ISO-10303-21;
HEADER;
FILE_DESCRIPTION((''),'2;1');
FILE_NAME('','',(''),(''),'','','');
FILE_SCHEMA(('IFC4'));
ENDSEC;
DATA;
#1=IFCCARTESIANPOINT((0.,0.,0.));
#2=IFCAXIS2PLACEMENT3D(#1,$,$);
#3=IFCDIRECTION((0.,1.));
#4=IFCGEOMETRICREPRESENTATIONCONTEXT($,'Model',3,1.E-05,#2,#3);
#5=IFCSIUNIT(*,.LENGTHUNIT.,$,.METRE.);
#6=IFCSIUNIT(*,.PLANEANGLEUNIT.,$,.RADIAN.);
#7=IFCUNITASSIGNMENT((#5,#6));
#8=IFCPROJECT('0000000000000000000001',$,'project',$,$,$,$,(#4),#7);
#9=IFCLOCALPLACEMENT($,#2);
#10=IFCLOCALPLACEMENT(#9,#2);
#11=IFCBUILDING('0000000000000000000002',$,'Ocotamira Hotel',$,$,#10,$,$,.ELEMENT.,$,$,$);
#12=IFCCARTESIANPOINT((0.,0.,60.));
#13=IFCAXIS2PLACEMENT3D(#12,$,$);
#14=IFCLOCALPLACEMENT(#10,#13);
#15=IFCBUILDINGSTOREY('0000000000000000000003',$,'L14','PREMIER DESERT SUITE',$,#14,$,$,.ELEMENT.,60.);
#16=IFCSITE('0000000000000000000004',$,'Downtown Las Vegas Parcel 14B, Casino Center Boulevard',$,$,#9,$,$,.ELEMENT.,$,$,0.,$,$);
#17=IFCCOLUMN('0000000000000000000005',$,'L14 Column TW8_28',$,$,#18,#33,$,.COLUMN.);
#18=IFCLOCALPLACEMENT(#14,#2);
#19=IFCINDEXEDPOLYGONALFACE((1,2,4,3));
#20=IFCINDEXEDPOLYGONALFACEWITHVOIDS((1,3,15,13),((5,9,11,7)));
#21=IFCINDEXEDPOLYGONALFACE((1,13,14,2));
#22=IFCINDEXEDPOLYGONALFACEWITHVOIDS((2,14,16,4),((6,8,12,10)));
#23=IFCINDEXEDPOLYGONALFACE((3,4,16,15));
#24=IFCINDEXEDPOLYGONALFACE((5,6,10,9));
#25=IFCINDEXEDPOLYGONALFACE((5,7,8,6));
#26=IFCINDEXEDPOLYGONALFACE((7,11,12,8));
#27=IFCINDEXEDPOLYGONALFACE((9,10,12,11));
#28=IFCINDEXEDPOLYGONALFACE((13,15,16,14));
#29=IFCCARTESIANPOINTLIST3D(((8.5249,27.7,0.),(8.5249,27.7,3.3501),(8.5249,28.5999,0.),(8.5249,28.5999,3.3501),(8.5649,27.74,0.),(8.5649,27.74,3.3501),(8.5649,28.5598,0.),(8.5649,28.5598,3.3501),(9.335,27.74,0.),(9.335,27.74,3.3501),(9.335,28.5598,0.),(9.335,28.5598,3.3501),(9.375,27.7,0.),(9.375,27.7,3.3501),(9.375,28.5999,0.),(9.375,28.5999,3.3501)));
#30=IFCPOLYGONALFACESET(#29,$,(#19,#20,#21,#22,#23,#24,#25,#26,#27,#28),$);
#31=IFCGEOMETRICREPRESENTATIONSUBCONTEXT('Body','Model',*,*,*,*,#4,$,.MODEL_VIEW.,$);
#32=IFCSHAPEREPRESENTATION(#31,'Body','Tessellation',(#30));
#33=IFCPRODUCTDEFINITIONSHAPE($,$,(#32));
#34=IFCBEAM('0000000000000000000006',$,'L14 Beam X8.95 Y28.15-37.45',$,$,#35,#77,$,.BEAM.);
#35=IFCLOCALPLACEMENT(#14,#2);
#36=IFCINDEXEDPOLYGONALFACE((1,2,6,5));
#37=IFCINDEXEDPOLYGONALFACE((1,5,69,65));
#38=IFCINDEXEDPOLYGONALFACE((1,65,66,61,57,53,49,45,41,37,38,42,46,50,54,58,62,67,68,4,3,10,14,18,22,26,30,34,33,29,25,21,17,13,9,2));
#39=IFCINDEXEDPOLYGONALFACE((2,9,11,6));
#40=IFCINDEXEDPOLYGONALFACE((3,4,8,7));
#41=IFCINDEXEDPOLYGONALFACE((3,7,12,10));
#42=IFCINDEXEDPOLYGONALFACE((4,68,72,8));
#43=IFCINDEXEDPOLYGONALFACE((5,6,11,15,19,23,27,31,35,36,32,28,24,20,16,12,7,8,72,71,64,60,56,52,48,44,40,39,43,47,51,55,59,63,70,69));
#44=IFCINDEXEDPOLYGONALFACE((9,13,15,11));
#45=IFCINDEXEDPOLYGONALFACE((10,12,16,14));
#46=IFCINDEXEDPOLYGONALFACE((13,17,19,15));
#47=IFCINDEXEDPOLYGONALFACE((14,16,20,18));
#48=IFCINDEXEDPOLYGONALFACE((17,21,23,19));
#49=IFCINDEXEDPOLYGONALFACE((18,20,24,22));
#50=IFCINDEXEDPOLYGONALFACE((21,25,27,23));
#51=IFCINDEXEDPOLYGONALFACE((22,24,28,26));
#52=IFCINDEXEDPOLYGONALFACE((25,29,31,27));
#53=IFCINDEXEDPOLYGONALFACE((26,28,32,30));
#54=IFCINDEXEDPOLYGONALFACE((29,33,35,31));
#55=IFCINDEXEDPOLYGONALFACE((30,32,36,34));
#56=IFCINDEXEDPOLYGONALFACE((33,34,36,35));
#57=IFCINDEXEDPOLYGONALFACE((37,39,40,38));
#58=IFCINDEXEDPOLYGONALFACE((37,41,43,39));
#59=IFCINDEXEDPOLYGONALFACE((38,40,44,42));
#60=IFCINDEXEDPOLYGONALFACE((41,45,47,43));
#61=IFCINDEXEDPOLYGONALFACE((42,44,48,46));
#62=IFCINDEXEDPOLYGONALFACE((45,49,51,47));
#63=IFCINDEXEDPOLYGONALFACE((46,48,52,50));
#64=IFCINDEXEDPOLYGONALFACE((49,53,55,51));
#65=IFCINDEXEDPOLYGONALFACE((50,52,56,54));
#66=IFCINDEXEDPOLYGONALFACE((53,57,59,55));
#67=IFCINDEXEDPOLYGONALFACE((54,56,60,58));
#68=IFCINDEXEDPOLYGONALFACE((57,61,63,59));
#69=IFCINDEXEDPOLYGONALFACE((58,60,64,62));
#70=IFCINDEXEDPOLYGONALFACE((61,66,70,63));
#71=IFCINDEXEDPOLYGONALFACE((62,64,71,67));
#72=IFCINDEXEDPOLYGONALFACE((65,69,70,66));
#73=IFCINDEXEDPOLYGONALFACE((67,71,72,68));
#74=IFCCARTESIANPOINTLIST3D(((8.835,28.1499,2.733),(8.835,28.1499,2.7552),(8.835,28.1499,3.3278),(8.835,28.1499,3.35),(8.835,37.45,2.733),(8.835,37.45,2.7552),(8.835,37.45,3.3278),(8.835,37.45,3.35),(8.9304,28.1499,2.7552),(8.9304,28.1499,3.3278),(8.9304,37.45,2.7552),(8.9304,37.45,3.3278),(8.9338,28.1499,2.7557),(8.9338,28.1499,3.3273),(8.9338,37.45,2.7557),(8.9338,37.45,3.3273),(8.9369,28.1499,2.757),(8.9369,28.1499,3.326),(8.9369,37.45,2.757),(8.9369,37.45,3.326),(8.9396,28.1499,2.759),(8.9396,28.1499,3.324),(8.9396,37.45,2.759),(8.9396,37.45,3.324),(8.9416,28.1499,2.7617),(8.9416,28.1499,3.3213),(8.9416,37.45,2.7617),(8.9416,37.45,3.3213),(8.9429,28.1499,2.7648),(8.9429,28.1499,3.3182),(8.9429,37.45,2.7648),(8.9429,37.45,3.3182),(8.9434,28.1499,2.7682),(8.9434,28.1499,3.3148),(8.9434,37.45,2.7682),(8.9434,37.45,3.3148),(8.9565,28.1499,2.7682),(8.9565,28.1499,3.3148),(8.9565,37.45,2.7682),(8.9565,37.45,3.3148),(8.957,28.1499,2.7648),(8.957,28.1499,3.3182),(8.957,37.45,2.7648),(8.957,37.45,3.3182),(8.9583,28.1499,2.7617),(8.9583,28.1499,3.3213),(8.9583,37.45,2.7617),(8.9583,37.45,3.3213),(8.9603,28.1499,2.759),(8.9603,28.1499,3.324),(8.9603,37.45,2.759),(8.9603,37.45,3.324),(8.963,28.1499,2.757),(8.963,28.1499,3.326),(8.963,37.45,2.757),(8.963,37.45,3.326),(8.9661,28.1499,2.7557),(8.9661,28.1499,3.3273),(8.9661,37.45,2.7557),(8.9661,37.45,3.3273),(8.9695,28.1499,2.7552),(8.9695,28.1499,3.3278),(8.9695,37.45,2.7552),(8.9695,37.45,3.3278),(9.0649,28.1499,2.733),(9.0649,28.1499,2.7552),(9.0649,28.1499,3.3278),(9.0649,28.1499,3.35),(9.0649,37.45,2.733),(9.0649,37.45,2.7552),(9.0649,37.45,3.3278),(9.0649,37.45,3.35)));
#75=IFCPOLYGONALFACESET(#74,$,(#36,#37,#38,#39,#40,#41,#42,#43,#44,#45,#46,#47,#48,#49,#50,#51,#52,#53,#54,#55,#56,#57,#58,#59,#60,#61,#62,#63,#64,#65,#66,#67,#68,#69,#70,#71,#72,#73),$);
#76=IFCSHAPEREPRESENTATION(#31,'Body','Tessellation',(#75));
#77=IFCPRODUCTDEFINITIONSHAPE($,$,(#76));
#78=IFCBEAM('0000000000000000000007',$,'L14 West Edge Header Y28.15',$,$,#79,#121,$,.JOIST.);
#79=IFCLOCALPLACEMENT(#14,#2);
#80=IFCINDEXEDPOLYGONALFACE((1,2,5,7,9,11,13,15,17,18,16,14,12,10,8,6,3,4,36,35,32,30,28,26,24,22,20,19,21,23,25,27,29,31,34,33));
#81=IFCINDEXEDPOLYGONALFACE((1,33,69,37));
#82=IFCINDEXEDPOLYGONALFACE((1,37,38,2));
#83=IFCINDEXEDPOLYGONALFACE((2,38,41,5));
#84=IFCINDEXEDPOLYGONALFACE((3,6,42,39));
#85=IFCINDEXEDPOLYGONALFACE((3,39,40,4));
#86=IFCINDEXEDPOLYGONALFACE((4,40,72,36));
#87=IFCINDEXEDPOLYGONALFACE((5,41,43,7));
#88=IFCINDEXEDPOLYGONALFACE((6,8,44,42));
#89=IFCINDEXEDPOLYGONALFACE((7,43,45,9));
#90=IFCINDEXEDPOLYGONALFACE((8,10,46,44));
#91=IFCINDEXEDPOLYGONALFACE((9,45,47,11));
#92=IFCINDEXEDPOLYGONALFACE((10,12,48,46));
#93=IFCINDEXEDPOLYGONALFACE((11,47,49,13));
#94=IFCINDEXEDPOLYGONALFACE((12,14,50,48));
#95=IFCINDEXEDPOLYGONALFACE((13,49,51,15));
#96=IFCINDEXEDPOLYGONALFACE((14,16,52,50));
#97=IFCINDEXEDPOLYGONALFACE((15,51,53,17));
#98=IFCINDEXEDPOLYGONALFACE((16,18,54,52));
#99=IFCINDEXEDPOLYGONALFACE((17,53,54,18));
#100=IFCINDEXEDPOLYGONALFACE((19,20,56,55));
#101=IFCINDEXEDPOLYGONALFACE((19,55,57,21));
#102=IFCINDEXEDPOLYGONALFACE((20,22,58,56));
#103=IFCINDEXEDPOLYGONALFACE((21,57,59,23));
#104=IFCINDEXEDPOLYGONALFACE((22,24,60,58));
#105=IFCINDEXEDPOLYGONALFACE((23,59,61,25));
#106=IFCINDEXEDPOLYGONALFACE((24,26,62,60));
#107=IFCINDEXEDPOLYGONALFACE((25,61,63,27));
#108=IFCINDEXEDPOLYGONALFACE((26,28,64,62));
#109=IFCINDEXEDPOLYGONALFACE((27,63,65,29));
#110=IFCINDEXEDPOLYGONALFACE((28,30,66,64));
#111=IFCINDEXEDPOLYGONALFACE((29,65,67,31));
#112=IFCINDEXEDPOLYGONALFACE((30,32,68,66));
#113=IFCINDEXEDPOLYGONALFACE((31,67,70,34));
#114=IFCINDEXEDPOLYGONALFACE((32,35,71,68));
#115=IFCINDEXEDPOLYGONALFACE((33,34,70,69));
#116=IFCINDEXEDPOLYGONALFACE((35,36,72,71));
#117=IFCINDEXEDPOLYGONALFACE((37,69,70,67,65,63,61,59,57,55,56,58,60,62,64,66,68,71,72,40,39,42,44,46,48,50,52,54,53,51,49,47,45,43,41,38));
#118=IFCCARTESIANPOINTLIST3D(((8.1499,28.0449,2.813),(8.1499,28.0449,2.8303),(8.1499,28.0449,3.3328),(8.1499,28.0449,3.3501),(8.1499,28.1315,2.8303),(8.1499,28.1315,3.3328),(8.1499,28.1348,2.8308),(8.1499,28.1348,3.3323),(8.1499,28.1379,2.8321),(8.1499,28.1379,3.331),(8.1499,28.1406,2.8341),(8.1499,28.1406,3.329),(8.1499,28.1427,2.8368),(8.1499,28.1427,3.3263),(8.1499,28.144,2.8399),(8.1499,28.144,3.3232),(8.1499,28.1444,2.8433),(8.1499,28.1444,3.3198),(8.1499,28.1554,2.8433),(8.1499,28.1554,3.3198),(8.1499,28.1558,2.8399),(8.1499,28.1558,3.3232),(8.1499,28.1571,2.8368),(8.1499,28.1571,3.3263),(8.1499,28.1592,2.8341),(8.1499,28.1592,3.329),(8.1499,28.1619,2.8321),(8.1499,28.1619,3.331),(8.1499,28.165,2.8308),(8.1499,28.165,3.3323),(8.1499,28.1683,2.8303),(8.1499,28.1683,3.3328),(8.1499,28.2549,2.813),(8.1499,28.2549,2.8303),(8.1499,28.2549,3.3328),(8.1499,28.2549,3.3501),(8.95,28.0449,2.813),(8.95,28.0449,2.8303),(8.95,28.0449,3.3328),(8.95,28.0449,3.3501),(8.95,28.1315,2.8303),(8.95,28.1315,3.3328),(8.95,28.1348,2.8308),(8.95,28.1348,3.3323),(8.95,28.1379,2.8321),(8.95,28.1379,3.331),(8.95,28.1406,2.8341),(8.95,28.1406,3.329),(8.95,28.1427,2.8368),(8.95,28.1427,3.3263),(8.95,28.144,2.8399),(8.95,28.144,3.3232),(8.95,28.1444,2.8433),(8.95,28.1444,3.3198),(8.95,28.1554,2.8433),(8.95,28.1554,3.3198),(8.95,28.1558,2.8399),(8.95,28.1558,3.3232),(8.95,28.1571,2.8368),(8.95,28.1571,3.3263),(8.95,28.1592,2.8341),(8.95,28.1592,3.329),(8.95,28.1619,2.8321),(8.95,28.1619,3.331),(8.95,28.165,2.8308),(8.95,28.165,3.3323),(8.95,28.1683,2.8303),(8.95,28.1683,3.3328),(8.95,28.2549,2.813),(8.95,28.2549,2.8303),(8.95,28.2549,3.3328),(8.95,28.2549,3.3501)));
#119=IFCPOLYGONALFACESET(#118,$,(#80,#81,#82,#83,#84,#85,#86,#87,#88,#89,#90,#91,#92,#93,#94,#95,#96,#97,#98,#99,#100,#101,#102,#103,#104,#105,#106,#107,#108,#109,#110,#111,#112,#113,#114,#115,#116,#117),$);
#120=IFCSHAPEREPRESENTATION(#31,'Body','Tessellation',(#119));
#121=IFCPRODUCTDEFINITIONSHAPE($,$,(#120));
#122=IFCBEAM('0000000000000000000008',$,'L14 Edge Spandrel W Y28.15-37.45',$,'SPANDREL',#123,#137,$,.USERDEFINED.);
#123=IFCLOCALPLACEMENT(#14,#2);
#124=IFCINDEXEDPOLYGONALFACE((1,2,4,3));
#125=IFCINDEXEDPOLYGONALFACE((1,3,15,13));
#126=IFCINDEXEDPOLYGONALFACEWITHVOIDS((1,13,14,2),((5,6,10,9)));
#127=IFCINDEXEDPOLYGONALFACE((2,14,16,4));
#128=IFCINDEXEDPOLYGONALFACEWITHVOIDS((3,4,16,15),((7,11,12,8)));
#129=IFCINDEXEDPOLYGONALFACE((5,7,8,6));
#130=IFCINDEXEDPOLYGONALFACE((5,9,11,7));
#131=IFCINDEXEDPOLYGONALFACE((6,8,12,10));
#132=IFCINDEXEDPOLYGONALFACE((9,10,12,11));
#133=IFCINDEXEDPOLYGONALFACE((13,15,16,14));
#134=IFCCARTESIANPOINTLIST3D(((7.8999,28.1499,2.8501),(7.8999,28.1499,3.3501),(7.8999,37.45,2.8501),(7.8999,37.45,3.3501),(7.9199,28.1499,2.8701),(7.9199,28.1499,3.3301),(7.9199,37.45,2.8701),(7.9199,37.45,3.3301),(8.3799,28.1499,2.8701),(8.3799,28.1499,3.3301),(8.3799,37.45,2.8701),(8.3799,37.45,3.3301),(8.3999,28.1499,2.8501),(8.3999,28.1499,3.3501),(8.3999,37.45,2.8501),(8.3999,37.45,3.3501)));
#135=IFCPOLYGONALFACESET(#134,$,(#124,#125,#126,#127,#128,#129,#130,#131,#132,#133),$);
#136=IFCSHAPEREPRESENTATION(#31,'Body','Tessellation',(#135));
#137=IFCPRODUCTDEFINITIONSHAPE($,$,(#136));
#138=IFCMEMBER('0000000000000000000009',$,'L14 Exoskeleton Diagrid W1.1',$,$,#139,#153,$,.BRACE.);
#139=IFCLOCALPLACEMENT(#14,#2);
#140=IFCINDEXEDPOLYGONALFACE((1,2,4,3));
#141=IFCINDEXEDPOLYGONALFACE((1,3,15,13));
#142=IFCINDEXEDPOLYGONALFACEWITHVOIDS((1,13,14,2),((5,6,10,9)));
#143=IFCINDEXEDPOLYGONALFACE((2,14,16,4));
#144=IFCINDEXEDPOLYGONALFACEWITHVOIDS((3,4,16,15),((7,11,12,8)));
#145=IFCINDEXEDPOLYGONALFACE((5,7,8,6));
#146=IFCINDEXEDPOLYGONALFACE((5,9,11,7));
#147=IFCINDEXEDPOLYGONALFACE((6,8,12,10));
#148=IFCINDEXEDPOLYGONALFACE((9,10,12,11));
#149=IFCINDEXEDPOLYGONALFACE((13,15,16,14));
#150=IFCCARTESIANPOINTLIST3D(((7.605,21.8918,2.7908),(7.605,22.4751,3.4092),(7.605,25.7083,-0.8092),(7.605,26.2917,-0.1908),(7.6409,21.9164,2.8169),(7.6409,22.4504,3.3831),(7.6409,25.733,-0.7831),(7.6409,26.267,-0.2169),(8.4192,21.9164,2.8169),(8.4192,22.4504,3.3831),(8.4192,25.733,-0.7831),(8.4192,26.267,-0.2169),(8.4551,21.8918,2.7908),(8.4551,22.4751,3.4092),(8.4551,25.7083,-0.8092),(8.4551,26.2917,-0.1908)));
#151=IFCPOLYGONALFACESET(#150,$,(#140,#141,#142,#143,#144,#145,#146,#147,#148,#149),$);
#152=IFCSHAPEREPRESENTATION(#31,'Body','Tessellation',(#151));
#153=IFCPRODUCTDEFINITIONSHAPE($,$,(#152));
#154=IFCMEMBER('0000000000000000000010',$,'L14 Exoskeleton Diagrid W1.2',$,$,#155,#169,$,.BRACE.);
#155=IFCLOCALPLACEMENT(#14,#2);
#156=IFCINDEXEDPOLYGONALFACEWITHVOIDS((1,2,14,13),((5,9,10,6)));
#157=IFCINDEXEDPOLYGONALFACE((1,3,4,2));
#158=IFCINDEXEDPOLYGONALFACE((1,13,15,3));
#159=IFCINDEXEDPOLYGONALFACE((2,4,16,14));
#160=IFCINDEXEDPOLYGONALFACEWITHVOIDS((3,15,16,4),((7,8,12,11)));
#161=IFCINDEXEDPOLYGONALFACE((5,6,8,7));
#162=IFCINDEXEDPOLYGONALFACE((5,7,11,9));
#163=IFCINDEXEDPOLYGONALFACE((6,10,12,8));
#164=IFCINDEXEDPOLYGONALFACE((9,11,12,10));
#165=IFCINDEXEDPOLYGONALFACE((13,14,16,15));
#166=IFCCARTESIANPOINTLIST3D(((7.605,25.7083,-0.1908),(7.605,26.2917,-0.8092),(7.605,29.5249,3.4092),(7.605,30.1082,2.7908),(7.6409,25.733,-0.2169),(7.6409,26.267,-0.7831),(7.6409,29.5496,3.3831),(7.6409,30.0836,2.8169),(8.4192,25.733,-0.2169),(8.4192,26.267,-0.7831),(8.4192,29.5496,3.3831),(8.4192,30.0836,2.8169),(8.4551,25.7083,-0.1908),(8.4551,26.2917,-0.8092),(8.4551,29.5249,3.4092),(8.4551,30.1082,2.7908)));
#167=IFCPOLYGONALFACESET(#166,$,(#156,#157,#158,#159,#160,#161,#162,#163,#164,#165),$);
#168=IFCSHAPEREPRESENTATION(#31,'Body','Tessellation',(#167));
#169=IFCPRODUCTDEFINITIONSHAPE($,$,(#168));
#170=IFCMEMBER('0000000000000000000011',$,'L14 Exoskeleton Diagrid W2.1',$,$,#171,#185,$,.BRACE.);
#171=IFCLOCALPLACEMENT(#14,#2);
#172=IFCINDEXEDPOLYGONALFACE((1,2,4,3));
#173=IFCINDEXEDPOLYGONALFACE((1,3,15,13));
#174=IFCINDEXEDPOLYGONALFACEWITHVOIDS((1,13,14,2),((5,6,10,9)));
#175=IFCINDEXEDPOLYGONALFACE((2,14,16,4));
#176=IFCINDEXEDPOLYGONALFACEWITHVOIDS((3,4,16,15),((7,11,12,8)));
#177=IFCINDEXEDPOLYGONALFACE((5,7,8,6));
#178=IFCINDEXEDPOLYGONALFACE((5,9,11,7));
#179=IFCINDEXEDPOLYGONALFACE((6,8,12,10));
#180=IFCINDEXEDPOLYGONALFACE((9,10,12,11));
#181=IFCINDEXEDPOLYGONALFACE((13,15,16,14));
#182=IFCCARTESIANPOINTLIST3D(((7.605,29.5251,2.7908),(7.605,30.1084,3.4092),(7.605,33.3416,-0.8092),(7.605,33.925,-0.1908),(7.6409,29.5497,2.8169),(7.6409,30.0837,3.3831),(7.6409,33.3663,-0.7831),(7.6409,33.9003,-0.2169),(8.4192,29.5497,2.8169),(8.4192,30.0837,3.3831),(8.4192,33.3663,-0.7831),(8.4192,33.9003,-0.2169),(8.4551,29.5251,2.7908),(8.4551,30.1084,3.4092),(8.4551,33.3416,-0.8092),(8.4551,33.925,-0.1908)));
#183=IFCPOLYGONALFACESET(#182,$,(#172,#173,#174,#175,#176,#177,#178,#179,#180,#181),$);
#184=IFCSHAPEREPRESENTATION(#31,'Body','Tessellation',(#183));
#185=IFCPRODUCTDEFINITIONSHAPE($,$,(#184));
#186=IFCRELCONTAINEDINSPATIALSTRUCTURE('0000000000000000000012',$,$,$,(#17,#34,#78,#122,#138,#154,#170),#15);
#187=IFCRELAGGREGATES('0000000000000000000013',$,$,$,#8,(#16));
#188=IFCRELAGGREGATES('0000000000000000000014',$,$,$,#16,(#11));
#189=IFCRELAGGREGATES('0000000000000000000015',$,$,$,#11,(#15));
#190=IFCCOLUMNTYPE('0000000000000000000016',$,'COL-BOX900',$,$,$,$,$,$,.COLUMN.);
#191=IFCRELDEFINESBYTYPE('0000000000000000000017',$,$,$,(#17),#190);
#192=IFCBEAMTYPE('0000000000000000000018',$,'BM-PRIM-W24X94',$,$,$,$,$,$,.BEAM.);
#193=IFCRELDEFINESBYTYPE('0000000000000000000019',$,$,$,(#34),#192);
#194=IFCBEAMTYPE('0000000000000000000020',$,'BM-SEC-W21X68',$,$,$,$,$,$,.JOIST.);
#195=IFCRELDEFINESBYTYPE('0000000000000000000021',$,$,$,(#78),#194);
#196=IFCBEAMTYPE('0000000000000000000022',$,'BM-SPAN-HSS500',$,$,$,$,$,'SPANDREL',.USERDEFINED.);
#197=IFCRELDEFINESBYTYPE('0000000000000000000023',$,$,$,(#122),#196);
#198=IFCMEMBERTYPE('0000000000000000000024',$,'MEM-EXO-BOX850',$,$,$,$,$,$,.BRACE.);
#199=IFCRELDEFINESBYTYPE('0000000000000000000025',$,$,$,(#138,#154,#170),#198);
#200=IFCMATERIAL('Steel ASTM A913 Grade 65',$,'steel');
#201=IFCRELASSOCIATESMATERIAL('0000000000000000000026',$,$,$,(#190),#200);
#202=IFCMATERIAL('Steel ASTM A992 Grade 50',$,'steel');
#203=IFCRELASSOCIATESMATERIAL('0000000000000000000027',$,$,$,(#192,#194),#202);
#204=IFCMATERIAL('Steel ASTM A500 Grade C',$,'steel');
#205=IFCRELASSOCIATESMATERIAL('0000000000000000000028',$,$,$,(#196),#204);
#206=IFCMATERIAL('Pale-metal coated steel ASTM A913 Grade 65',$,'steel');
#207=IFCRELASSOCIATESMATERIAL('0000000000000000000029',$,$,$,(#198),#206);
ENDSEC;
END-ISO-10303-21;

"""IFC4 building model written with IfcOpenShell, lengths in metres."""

from ifc_helpers import new_model, si_unit, direction, frame, origin, origin_2d, place, context, subcontext, project, spatial, hollow_rectangle, i_section, extrude, source, transform, mapped, material, material_profile, profile_set, type_object, element, save


model = new_model("IFC4")

# Units and contexts
model_context = context("Model", 3, precision=1e-05, world=origin(), true_north=direction((0.0, 1.0)))
body_context = subcontext(model_context, "Body", "Model", "MODEL_VIEW")
ifc_project = project(units=[si_unit("LENGTHUNIT", "METRE"), si_unit("PLANEANGLEUNIT", "RADIAN")], contexts=[model_context])

# Site, building, storey
site_placement = place(None, origin())
site = spatial("IfcSite", under=ifc_project, at=site_placement, Name="Downtown Las Vegas Parcel 14B, Casino Center Boulevard", CompositionType="ELEMENT", RefElevation=0.0)
building_placement = place(site_placement, origin())
building = spatial("IfcBuilding", under=site, at=building_placement, Name="Ocotamira Hotel", CompositionType="ELEMENT")
storey_placement = place(building_placement, frame((0.0, 0.0, 60.0)))
storey = spatial("IfcBuildingStorey", under=building, at=storey_placement, Name="L14", Description="PREMIER DESERT SUITE", CompositionType="ELEMENT", Elevation=60.0)

# Column
ifc_material_1 = material(Name="Steel ASTM A913 Grade 65", Category="steel")
ifc_material_profile_1 = material_profile(ifc_material_1, hollow_rectangle(XDim=0.8501, YDim=0.8999, WallThickness=0.04, at=origin_2d()), Name="BOX900X850X40")
ifc_profile_set_1 = profile_set([ifc_material_profile_1], Name="Steel ASTM A913 Grade 65")
column_type = type_object("IfcColumnType", Name="COL-BOX900", PredefinedType="COLUMN", material=ifc_profile_set_1)
shared_shape_1 = source(origin(), body_context, "Body", "SweptSolid", [
    extrude(hollow_rectangle(XDim=0.8501, YDim=0.8999, WallThickness=0.04, at=origin_2d()), origin(), (0.0, 0.0, 1.0), 3.3501),
])
column_placement = place(storey_placement, frame((8.95, 28.1499, 0.0), z_axis=(0.0, 0.0, 1.0), x_axis=(1.0, 0.0, 0.0)))
element("IfcColumn", 1, at=column_placement, inside=storey, type_object=column_type, Name="L14 Column TW8_28", PredefinedType="COLUMN", context=body_context, shape_type="MappedRepresentation", body=[
    mapped(shared_shape_1, transform((0.0, 0.0, 0.0), scale=1.0)),
])

# Beams
ifc_material_2 = material(Name="Steel ASTM A992 Grade 50", Category="steel")
ifc_material_profile_2 = material_profile(ifc_material_2, i_section(OverallWidth=0.23, OverallDepth=0.6169, WebThickness=0.0132, FlangeThickness=0.0222, FilletRadius=0.0129, at=origin_2d()), Name="W24X94")
ifc_profile_set_2 = profile_set([ifc_material_profile_2], Name="Steel ASTM A992 Grade 50")
beam_type_1 = type_object("IfcBeamType", Name="BM-PRIM-W24X94", PredefinedType="BEAM", material=ifc_profile_set_2)
shared_shape_2 = source(origin(), body_context, "Body", "SweptSolid", [
    extrude(i_section(OverallWidth=0.23, OverallDepth=0.6169, WebThickness=0.0132, FlangeThickness=0.0222, FilletRadius=0.0129, at=origin_2d()), origin(), (0.0, 0.0, 1.0), 9.3),
])
beam_1_placement = place(storey_placement, frame((8.95, 28.1499, 3.0415), z_axis=(0.0, 1.0, 0.0), x_axis=(-1.0, 0.0, 0.0)))
element("IfcBeam", 2, at=beam_1_placement, inside=storey, type_object=beam_type_1, Name="L14 Beam X8.95 Y28.15-37.45", PredefinedType="BEAM", context=body_context, shape_type="MappedRepresentation", body=[
    mapped(shared_shape_2, transform((0.0, 0.0, 0.0), scale=1.0)),
])
ifc_material_profile_3 = material_profile(ifc_material_2, i_section(OverallWidth=0.21, OverallDepth=0.5371, WebThickness=0.011, FlangeThickness=0.0173, FilletRadius=0.0129, at=origin_2d()), Name="W21X68")
ifc_profile_set_3 = profile_set([ifc_material_profile_3], Name="Steel ASTM A992 Grade 50")
beam_type_2 = type_object("IfcBeamType", Name="BM-SEC-W21X68", PredefinedType="JOIST", material=ifc_profile_set_3)
shared_shape_3 = source(origin(), body_context, "Body", "SweptSolid", [
    extrude(i_section(OverallWidth=0.21, OverallDepth=0.5371, WebThickness=0.011, FlangeThickness=0.0173, FilletRadius=0.0129, at=origin_2d()), origin(), (0.0, 0.0, 1.0), 0.8),
])
beam_2_placement = place(storey_placement, frame((8.95, 28.1499, 3.0815), z_axis=(-1.0, 0.0, 0.0), x_axis=(0.0, -1.0, 0.0)))
element("IfcBeam", 3, at=beam_2_placement, inside=storey, type_object=beam_type_2, Name="L14 West Edge Header Y28.15", PredefinedType="JOIST", context=body_context, shape_type="MappedRepresentation", body=[
    mapped(shared_shape_3, transform((0.0, 0.0, 0.0), scale=1.0)),
])
ifc_material_3 = material(Name="Steel ASTM A500 Grade C", Category="steel")
ifc_material_profile_4 = material_profile(ifc_material_3, hollow_rectangle(XDim=0.5, YDim=0.5, WallThickness=0.02, at=origin_2d()), Name="HSS500X500X20")
ifc_profile_set_4 = profile_set([ifc_material_profile_4], Name="Steel ASTM A500 Grade C")
beam_type_3 = type_object("IfcBeamType", Name="BM-SPAN-HSS500", ElementType="SPANDREL", PredefinedType="USERDEFINED", material=ifc_profile_set_4)
shared_shape_4 = source(origin(), body_context, "Body", "SweptSolid", [
    extrude(hollow_rectangle(XDim=0.5, YDim=0.5, WallThickness=0.02, at=origin_2d()), origin(), (0.0, 0.0, 1.0), 9.3),
])
beam_3_placement = place(storey_placement, frame((8.1499, 28.1499, 3.1001), z_axis=(0.0, 1.0, 0.0), x_axis=(-1.0, 0.0, 0.0)))
element("IfcBeam", 4, at=beam_3_placement, inside=storey, type_object=beam_type_3, Name="L14 Edge Spandrel W Y28.15-37.45", ObjectType="SPANDREL", PredefinedType="USERDEFINED", context=body_context, shape_type="MappedRepresentation", body=[
    mapped(shared_shape_4, transform((0.0, 0.0, 0.0), scale=1.0)),
])

# Members
ifc_material_4 = material(Name="Pale-metal coated steel ASTM A913 Grade 65", Category="steel")
ifc_material_profile_5 = material_profile(ifc_material_4, hollow_rectangle(XDim=0.8501, YDim=0.8501, WallThickness=0.0359, at=origin_2d()), Name="BOX850X850X36")
ifc_profile_set_5 = profile_set([ifc_material_profile_5], Name="Pale-metal coated steel ASTM A913 Grade 65")
member_type_1 = type_object("IfcMemberType", Name="MEM-EXO-BOX850", PredefinedType="BRACE", material=ifc_profile_set_5)
shared_shape_5 = source(origin(), body_context, "Body", "SweptSolid", [
    extrude(hollow_rectangle(XDim=0.8501, YDim=0.8501, WallThickness=0.0359, at=origin_2d()), origin(), (0.0, 0.0, 1.0), 5.2466),
])
for number, where, z_axis, x_axis, name in (
    (5, (8.03, 26.0, -0.5), (0.0, -0.727443, 0.686168), (1.0, 0.0, 0.0), "L14 Exoskeleton Diagrid W1.1"),
    (6, (8.03, 26.0, -0.5), (0.0, 0.727443, 0.686168), (-1.0, 0.0, 0.0), "L14 Exoskeleton Diagrid W1.2"),
    (7, (8.03, 33.6333, -0.5), (0.0, -0.727443, 0.686168), (1.0, 0.0, 0.0), "L14 Exoskeleton Diagrid W2.1"),
):
    element("IfcMember", number, at=place(storey_placement, frame(where, z_axis=z_axis, x_axis=x_axis)), inside=storey, type_object=member_type_1, Name=name, PredefinedType="BRACE", context=body_context, shape_type="MappedRepresentation", body=[
        mapped(shared_shape_5, transform((0.0, 0.0, 0.0), scale=1.0)),
    ])

save(model, "model.ifc")
